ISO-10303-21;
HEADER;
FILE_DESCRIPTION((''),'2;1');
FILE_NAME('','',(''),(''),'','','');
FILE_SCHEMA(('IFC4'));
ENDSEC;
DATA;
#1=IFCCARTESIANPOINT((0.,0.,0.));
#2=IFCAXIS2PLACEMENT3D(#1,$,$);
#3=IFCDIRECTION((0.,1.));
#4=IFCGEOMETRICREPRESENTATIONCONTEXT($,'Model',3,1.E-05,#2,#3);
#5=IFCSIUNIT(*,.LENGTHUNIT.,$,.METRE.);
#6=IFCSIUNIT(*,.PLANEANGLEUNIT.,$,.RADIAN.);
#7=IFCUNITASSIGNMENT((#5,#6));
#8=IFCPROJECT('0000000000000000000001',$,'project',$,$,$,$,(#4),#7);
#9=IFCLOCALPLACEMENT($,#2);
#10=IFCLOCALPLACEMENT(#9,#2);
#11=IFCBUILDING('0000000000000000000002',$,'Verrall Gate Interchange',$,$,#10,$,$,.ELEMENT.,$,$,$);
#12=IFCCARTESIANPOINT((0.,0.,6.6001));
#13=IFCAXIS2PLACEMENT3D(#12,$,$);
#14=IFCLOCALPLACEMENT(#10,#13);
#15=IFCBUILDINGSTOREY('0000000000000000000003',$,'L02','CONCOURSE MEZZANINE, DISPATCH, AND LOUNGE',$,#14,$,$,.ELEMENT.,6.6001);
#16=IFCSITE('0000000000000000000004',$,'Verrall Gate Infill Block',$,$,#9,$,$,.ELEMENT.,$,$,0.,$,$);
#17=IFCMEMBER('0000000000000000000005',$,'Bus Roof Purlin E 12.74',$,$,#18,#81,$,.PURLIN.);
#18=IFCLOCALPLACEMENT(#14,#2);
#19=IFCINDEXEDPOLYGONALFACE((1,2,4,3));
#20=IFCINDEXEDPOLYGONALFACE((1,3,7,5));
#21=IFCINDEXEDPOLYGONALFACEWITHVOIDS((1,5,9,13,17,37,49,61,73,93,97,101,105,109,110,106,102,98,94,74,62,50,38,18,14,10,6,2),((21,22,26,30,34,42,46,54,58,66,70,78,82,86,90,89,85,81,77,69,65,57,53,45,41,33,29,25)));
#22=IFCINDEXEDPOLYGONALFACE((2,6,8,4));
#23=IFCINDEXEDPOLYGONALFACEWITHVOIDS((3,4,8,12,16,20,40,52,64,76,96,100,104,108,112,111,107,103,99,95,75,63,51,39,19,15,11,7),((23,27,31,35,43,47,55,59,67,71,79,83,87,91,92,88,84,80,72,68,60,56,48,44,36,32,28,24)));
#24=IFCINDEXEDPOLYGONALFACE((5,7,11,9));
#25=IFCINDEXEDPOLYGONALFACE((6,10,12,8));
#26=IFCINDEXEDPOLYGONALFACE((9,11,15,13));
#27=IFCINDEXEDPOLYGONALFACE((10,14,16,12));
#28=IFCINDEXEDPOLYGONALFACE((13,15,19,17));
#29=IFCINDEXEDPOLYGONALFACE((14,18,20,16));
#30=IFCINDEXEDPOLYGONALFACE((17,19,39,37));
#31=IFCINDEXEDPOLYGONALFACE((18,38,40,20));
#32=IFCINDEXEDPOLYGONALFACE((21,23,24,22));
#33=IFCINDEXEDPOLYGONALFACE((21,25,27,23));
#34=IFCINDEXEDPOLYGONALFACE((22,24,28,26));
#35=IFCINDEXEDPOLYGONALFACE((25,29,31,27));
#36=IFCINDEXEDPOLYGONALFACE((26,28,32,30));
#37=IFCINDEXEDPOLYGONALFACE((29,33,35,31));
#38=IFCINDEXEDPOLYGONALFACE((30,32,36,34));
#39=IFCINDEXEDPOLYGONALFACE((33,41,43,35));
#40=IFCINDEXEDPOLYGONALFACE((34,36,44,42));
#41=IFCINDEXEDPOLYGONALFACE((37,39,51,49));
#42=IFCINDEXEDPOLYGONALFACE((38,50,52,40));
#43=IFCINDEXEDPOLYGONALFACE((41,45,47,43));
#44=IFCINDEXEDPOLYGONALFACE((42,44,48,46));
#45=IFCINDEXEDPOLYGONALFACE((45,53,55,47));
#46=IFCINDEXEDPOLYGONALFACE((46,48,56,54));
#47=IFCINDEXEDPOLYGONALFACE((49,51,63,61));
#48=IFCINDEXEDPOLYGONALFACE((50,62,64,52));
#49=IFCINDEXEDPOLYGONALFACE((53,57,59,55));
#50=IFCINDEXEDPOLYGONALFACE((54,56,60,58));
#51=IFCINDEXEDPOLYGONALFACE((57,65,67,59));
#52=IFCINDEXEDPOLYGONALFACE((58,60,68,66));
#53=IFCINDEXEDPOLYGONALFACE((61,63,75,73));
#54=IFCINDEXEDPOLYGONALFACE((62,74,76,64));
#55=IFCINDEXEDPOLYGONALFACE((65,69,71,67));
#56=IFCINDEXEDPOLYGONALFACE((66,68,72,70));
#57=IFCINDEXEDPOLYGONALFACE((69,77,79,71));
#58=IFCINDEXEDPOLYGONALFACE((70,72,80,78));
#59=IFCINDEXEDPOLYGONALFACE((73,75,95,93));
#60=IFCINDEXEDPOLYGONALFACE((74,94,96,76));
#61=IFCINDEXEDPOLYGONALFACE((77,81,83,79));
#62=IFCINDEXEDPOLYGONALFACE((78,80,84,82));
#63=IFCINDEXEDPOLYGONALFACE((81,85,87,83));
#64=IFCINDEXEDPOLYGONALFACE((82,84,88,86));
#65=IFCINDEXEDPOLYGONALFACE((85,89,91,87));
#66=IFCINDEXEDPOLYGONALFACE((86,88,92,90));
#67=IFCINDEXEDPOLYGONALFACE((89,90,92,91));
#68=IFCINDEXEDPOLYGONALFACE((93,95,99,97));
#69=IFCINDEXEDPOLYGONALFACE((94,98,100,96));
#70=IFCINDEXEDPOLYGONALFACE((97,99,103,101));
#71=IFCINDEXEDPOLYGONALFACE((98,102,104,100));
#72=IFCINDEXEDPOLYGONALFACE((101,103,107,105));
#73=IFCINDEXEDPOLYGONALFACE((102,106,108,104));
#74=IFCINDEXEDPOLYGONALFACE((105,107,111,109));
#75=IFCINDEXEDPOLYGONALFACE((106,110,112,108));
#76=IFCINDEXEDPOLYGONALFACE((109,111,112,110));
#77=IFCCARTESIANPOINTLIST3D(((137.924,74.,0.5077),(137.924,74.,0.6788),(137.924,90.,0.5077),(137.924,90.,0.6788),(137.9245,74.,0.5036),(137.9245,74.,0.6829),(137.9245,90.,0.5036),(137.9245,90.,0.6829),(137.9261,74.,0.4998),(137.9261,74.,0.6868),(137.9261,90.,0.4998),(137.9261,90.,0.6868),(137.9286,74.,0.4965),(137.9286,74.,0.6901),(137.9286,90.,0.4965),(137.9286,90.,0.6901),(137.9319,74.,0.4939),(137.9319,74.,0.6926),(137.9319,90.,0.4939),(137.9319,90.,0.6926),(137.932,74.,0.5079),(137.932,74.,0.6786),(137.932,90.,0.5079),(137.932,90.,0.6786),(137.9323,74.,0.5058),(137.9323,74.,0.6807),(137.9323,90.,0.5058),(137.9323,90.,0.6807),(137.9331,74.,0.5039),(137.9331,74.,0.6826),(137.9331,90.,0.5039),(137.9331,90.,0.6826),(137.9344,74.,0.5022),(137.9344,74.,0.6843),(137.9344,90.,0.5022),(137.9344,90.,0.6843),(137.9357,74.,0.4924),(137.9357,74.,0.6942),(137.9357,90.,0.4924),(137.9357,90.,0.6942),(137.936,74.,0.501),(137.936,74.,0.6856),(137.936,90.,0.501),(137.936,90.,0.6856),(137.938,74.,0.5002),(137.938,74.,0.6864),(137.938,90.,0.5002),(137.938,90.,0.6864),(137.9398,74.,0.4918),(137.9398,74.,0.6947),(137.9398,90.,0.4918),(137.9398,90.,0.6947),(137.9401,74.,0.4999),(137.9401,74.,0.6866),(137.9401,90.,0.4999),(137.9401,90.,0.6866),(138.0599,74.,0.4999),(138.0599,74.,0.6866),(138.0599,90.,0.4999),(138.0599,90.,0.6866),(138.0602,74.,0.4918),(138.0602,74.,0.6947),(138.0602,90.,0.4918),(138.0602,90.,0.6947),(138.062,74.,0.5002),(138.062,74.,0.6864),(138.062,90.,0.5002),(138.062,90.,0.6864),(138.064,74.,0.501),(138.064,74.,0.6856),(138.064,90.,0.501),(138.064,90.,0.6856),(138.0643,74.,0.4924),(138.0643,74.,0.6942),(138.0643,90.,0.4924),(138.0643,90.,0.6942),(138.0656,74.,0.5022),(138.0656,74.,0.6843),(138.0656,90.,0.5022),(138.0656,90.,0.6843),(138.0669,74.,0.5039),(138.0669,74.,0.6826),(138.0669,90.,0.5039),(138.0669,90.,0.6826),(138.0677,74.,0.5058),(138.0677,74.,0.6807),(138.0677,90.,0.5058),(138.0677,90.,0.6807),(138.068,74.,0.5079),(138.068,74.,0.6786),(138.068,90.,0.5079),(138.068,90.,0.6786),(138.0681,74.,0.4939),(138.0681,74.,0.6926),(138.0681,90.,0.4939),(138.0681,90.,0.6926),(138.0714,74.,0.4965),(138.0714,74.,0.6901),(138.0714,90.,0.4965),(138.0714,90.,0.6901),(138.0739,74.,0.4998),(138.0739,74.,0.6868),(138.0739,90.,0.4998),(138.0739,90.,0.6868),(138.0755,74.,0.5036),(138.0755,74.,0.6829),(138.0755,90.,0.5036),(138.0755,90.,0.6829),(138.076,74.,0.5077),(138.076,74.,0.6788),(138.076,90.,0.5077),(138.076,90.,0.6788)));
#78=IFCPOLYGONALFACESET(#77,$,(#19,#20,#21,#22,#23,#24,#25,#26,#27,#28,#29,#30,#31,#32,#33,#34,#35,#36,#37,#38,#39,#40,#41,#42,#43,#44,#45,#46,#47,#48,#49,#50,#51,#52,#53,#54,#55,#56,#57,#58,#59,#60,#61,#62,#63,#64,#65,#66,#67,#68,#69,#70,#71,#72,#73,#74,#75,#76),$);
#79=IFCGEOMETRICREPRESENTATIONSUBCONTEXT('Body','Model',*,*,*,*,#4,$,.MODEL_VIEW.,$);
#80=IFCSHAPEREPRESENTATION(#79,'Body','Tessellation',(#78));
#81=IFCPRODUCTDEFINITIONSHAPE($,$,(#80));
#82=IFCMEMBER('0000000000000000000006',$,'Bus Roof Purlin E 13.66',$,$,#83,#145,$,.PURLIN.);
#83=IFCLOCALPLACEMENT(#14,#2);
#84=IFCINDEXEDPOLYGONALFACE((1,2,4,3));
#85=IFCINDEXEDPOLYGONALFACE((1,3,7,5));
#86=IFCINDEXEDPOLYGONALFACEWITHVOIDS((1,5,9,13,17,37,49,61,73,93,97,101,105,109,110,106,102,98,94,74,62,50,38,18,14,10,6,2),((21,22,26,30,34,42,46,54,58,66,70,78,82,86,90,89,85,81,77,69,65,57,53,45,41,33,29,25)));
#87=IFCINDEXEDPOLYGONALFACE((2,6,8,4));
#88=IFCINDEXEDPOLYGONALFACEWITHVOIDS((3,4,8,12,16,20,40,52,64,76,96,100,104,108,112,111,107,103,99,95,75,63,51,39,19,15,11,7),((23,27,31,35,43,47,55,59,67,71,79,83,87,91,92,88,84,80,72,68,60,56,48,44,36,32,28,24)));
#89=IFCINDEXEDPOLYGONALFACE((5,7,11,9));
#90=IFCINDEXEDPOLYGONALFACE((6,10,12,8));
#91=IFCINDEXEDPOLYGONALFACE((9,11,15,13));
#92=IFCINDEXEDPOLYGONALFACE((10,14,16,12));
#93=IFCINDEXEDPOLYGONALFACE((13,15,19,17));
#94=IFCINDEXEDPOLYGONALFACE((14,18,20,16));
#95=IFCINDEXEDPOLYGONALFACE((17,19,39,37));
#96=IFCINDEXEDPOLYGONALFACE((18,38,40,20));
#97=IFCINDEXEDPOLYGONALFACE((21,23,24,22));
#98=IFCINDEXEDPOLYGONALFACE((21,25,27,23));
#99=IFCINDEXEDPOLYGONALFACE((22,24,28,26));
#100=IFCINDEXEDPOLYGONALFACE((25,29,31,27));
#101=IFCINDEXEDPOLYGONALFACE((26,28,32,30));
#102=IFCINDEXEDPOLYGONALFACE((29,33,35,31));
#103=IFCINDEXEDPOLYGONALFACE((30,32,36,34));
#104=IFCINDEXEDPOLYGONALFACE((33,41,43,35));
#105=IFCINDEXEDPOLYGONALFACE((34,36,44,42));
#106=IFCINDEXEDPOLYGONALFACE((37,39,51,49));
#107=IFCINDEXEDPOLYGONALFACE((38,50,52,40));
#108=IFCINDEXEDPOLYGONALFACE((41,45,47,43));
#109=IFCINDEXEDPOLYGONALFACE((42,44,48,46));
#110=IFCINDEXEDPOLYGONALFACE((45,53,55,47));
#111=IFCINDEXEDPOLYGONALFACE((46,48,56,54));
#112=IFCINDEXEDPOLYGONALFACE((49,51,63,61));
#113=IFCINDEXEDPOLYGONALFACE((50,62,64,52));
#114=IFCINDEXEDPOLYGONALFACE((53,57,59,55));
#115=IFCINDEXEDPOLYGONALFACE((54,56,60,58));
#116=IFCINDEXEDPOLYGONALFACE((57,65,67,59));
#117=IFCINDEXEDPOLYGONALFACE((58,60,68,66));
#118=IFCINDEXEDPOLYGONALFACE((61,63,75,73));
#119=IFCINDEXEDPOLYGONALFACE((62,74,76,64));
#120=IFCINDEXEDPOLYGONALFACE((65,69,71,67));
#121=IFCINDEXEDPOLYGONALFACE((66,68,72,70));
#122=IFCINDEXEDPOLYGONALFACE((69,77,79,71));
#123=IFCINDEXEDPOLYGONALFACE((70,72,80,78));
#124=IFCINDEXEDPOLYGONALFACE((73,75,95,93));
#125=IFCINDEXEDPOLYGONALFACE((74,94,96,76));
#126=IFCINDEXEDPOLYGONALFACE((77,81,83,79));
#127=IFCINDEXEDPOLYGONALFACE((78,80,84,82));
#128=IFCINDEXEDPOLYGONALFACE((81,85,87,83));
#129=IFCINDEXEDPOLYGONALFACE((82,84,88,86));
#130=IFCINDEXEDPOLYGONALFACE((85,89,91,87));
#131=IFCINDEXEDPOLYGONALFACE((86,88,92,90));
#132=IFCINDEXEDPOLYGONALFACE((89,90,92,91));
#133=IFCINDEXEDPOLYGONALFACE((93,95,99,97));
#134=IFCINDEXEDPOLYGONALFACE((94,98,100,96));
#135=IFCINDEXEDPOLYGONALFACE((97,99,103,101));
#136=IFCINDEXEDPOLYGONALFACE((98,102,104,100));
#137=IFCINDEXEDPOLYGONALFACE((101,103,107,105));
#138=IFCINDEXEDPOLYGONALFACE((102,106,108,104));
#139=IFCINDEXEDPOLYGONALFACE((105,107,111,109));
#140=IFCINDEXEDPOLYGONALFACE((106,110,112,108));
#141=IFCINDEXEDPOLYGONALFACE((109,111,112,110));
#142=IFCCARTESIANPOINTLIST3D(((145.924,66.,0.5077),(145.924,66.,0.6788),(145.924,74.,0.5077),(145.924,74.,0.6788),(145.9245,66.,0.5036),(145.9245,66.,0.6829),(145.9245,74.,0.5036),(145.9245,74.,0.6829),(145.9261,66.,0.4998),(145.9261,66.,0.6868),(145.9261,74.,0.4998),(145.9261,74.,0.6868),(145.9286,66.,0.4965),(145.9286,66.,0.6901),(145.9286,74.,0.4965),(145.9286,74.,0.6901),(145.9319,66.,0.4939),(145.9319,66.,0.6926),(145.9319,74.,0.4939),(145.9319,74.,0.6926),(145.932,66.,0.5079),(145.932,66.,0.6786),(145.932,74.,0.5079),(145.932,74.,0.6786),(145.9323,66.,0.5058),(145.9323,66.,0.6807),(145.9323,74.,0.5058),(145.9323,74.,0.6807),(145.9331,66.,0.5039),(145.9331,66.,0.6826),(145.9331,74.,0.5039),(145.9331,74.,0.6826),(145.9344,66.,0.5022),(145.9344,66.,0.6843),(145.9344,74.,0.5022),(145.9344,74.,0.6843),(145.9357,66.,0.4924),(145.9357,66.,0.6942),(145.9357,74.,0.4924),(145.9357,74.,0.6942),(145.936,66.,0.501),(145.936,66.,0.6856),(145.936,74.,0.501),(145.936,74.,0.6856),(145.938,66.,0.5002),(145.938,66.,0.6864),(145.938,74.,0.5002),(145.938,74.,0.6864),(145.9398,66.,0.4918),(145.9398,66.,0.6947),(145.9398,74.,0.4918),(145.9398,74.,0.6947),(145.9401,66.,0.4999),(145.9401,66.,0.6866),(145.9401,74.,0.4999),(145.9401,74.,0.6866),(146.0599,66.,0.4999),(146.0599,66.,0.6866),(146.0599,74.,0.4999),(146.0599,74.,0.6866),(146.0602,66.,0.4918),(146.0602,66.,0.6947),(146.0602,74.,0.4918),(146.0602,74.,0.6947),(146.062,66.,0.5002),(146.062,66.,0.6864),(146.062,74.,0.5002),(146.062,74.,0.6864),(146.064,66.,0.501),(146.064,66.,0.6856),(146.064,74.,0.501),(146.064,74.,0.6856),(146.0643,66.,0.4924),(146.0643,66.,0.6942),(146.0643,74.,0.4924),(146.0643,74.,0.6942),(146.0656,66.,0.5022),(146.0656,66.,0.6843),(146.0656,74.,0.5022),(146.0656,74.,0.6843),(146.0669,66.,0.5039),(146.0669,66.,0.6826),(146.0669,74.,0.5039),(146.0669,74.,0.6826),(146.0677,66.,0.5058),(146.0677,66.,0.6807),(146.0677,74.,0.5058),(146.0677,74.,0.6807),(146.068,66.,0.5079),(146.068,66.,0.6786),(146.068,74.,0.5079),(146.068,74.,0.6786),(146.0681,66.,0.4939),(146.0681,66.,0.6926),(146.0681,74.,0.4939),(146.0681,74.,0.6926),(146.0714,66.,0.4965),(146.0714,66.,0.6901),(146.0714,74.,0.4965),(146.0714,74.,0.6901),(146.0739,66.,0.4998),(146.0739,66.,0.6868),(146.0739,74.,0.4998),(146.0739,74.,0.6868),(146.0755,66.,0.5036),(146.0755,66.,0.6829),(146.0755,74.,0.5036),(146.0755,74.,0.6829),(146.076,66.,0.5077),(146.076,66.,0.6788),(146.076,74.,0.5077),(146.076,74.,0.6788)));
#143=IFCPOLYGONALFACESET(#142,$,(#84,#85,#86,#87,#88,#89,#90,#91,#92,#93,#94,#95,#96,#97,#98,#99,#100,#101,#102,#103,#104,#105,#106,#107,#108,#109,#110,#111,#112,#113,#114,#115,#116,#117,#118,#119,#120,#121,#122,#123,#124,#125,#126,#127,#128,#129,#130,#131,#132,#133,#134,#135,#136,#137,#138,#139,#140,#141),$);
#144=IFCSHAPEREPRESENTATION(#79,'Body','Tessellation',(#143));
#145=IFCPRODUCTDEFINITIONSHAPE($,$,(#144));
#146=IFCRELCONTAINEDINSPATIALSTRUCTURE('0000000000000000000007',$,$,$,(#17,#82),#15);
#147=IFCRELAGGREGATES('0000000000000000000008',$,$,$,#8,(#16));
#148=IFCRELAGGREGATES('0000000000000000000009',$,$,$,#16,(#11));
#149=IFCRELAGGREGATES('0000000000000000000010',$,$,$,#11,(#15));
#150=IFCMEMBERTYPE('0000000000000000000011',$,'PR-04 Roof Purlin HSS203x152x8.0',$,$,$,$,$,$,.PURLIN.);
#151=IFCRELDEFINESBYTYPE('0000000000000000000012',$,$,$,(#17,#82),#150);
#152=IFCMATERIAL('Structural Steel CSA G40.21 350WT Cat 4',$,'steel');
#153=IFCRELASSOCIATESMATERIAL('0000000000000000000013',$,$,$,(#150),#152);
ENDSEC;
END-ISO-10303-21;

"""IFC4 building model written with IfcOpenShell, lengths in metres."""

from ifc_helpers import new_model, si_unit, direction, frame, origin, origin_2d, place, context, subcontext, project, spatial, hollow_rectangle, extrude, material, material_profile, profile_set, type_object, element, save


model = new_model("IFC4")

# Units and contexts
model_context = context("Model", 3, precision=1e-05, world=origin(), true_north=direction((0.0, 1.0)))
body_context = subcontext(model_context, "Body", "Model", "MODEL_VIEW")
ifc_project = project(units=[si_unit("LENGTHUNIT", "METRE"), si_unit("PLANEANGLEUNIT", "RADIAN")], contexts=[model_context])

# Site, building, storey
site_placement = place(None, origin())
site = spatial("IfcSite", under=ifc_project, at=site_placement, Name="Verrall Gate Infill Block", CompositionType="ELEMENT", RefElevation=0.0)
building_placement = place(site_placement, origin())
building = spatial("IfcBuilding", under=site, at=building_placement, Name="Verrall Gate Interchange", CompositionType="ELEMENT")
storey_placement = place(building_placement, frame((0.0, 0.0, 6.6001)))
storey = spatial("IfcBuildingStorey", under=building, at=storey_placement, Name="L02", Description="CONCOURSE MEZZANINE, DISPATCH, AND LOUNGE", CompositionType="ELEMENT", Elevation=6.6001)

# Members
ifc_material_1 = material(Name="Structural Steel CSA G40.21 350WT Cat 4", Category="steel")
ifc_material_profile_1 = material_profile(ifc_material_1, hollow_rectangle(XDim=0.1521, YDim=0.2029, WallThickness=0.0081, InnerFilletRadius=0.0081, OuterFilletRadius=0.0159, at=origin_2d()), Name="HSS203x152x8.0")
ifc_profile_set_1 = profile_set([ifc_material_profile_1], Name="Structural Steel CSA G40.21 350WT Cat 4")
member_type_1 = type_object("IfcMemberType", Name="PR-04 Roof Purlin HSS203x152x8.0", PredefinedType="PURLIN", material=ifc_profile_set_1)
member_1_placement = place(storey_placement, frame((138.0, 74.0, 0.5933), z_axis=(0.0, 1.0, 0.0), x_axis=(-1.0, 0.0, 0.0)))
element("IfcMember", 1, at=member_1_placement, inside=storey, type_object=member_type_1, Name="Bus Roof Purlin E 12.74", PredefinedType="PURLIN", context=body_context, shape_type="SweptSolid", body=[
    extrude(hollow_rectangle(XDim=0.1521, YDim=0.2029, WallThickness=0.0081, InnerFilletRadius=0.0081, OuterFilletRadius=0.0159, at=origin_2d()), origin(), (0.0, 0.0, 1.0), 16.0),
])
for number, where, z_axis, x_axis, name in (
    (2, (146.0, 66.0, 0.5933), (0.0, 1.0, 0.0), (-1.0, 0.0, 0.0), "Bus Roof Purlin E 13.66"),
):
    element("IfcMember", number, at=place(storey_placement, frame(where, z_axis=z_axis, x_axis=x_axis)), inside=storey, type_object=member_type_1, Name=name, PredefinedType="PURLIN", context=body_context, shape_type="SweptSolid", body=[
        extrude(hollow_rectangle(XDim=0.1521, YDim=0.2029, WallThickness=0.0081, InnerFilletRadius=0.0081, OuterFilletRadius=0.0159, at=origin_2d()), origin(), (0.0, 0.0, 1.0), 8.0),
    ])

save(model, "model.ifc")
